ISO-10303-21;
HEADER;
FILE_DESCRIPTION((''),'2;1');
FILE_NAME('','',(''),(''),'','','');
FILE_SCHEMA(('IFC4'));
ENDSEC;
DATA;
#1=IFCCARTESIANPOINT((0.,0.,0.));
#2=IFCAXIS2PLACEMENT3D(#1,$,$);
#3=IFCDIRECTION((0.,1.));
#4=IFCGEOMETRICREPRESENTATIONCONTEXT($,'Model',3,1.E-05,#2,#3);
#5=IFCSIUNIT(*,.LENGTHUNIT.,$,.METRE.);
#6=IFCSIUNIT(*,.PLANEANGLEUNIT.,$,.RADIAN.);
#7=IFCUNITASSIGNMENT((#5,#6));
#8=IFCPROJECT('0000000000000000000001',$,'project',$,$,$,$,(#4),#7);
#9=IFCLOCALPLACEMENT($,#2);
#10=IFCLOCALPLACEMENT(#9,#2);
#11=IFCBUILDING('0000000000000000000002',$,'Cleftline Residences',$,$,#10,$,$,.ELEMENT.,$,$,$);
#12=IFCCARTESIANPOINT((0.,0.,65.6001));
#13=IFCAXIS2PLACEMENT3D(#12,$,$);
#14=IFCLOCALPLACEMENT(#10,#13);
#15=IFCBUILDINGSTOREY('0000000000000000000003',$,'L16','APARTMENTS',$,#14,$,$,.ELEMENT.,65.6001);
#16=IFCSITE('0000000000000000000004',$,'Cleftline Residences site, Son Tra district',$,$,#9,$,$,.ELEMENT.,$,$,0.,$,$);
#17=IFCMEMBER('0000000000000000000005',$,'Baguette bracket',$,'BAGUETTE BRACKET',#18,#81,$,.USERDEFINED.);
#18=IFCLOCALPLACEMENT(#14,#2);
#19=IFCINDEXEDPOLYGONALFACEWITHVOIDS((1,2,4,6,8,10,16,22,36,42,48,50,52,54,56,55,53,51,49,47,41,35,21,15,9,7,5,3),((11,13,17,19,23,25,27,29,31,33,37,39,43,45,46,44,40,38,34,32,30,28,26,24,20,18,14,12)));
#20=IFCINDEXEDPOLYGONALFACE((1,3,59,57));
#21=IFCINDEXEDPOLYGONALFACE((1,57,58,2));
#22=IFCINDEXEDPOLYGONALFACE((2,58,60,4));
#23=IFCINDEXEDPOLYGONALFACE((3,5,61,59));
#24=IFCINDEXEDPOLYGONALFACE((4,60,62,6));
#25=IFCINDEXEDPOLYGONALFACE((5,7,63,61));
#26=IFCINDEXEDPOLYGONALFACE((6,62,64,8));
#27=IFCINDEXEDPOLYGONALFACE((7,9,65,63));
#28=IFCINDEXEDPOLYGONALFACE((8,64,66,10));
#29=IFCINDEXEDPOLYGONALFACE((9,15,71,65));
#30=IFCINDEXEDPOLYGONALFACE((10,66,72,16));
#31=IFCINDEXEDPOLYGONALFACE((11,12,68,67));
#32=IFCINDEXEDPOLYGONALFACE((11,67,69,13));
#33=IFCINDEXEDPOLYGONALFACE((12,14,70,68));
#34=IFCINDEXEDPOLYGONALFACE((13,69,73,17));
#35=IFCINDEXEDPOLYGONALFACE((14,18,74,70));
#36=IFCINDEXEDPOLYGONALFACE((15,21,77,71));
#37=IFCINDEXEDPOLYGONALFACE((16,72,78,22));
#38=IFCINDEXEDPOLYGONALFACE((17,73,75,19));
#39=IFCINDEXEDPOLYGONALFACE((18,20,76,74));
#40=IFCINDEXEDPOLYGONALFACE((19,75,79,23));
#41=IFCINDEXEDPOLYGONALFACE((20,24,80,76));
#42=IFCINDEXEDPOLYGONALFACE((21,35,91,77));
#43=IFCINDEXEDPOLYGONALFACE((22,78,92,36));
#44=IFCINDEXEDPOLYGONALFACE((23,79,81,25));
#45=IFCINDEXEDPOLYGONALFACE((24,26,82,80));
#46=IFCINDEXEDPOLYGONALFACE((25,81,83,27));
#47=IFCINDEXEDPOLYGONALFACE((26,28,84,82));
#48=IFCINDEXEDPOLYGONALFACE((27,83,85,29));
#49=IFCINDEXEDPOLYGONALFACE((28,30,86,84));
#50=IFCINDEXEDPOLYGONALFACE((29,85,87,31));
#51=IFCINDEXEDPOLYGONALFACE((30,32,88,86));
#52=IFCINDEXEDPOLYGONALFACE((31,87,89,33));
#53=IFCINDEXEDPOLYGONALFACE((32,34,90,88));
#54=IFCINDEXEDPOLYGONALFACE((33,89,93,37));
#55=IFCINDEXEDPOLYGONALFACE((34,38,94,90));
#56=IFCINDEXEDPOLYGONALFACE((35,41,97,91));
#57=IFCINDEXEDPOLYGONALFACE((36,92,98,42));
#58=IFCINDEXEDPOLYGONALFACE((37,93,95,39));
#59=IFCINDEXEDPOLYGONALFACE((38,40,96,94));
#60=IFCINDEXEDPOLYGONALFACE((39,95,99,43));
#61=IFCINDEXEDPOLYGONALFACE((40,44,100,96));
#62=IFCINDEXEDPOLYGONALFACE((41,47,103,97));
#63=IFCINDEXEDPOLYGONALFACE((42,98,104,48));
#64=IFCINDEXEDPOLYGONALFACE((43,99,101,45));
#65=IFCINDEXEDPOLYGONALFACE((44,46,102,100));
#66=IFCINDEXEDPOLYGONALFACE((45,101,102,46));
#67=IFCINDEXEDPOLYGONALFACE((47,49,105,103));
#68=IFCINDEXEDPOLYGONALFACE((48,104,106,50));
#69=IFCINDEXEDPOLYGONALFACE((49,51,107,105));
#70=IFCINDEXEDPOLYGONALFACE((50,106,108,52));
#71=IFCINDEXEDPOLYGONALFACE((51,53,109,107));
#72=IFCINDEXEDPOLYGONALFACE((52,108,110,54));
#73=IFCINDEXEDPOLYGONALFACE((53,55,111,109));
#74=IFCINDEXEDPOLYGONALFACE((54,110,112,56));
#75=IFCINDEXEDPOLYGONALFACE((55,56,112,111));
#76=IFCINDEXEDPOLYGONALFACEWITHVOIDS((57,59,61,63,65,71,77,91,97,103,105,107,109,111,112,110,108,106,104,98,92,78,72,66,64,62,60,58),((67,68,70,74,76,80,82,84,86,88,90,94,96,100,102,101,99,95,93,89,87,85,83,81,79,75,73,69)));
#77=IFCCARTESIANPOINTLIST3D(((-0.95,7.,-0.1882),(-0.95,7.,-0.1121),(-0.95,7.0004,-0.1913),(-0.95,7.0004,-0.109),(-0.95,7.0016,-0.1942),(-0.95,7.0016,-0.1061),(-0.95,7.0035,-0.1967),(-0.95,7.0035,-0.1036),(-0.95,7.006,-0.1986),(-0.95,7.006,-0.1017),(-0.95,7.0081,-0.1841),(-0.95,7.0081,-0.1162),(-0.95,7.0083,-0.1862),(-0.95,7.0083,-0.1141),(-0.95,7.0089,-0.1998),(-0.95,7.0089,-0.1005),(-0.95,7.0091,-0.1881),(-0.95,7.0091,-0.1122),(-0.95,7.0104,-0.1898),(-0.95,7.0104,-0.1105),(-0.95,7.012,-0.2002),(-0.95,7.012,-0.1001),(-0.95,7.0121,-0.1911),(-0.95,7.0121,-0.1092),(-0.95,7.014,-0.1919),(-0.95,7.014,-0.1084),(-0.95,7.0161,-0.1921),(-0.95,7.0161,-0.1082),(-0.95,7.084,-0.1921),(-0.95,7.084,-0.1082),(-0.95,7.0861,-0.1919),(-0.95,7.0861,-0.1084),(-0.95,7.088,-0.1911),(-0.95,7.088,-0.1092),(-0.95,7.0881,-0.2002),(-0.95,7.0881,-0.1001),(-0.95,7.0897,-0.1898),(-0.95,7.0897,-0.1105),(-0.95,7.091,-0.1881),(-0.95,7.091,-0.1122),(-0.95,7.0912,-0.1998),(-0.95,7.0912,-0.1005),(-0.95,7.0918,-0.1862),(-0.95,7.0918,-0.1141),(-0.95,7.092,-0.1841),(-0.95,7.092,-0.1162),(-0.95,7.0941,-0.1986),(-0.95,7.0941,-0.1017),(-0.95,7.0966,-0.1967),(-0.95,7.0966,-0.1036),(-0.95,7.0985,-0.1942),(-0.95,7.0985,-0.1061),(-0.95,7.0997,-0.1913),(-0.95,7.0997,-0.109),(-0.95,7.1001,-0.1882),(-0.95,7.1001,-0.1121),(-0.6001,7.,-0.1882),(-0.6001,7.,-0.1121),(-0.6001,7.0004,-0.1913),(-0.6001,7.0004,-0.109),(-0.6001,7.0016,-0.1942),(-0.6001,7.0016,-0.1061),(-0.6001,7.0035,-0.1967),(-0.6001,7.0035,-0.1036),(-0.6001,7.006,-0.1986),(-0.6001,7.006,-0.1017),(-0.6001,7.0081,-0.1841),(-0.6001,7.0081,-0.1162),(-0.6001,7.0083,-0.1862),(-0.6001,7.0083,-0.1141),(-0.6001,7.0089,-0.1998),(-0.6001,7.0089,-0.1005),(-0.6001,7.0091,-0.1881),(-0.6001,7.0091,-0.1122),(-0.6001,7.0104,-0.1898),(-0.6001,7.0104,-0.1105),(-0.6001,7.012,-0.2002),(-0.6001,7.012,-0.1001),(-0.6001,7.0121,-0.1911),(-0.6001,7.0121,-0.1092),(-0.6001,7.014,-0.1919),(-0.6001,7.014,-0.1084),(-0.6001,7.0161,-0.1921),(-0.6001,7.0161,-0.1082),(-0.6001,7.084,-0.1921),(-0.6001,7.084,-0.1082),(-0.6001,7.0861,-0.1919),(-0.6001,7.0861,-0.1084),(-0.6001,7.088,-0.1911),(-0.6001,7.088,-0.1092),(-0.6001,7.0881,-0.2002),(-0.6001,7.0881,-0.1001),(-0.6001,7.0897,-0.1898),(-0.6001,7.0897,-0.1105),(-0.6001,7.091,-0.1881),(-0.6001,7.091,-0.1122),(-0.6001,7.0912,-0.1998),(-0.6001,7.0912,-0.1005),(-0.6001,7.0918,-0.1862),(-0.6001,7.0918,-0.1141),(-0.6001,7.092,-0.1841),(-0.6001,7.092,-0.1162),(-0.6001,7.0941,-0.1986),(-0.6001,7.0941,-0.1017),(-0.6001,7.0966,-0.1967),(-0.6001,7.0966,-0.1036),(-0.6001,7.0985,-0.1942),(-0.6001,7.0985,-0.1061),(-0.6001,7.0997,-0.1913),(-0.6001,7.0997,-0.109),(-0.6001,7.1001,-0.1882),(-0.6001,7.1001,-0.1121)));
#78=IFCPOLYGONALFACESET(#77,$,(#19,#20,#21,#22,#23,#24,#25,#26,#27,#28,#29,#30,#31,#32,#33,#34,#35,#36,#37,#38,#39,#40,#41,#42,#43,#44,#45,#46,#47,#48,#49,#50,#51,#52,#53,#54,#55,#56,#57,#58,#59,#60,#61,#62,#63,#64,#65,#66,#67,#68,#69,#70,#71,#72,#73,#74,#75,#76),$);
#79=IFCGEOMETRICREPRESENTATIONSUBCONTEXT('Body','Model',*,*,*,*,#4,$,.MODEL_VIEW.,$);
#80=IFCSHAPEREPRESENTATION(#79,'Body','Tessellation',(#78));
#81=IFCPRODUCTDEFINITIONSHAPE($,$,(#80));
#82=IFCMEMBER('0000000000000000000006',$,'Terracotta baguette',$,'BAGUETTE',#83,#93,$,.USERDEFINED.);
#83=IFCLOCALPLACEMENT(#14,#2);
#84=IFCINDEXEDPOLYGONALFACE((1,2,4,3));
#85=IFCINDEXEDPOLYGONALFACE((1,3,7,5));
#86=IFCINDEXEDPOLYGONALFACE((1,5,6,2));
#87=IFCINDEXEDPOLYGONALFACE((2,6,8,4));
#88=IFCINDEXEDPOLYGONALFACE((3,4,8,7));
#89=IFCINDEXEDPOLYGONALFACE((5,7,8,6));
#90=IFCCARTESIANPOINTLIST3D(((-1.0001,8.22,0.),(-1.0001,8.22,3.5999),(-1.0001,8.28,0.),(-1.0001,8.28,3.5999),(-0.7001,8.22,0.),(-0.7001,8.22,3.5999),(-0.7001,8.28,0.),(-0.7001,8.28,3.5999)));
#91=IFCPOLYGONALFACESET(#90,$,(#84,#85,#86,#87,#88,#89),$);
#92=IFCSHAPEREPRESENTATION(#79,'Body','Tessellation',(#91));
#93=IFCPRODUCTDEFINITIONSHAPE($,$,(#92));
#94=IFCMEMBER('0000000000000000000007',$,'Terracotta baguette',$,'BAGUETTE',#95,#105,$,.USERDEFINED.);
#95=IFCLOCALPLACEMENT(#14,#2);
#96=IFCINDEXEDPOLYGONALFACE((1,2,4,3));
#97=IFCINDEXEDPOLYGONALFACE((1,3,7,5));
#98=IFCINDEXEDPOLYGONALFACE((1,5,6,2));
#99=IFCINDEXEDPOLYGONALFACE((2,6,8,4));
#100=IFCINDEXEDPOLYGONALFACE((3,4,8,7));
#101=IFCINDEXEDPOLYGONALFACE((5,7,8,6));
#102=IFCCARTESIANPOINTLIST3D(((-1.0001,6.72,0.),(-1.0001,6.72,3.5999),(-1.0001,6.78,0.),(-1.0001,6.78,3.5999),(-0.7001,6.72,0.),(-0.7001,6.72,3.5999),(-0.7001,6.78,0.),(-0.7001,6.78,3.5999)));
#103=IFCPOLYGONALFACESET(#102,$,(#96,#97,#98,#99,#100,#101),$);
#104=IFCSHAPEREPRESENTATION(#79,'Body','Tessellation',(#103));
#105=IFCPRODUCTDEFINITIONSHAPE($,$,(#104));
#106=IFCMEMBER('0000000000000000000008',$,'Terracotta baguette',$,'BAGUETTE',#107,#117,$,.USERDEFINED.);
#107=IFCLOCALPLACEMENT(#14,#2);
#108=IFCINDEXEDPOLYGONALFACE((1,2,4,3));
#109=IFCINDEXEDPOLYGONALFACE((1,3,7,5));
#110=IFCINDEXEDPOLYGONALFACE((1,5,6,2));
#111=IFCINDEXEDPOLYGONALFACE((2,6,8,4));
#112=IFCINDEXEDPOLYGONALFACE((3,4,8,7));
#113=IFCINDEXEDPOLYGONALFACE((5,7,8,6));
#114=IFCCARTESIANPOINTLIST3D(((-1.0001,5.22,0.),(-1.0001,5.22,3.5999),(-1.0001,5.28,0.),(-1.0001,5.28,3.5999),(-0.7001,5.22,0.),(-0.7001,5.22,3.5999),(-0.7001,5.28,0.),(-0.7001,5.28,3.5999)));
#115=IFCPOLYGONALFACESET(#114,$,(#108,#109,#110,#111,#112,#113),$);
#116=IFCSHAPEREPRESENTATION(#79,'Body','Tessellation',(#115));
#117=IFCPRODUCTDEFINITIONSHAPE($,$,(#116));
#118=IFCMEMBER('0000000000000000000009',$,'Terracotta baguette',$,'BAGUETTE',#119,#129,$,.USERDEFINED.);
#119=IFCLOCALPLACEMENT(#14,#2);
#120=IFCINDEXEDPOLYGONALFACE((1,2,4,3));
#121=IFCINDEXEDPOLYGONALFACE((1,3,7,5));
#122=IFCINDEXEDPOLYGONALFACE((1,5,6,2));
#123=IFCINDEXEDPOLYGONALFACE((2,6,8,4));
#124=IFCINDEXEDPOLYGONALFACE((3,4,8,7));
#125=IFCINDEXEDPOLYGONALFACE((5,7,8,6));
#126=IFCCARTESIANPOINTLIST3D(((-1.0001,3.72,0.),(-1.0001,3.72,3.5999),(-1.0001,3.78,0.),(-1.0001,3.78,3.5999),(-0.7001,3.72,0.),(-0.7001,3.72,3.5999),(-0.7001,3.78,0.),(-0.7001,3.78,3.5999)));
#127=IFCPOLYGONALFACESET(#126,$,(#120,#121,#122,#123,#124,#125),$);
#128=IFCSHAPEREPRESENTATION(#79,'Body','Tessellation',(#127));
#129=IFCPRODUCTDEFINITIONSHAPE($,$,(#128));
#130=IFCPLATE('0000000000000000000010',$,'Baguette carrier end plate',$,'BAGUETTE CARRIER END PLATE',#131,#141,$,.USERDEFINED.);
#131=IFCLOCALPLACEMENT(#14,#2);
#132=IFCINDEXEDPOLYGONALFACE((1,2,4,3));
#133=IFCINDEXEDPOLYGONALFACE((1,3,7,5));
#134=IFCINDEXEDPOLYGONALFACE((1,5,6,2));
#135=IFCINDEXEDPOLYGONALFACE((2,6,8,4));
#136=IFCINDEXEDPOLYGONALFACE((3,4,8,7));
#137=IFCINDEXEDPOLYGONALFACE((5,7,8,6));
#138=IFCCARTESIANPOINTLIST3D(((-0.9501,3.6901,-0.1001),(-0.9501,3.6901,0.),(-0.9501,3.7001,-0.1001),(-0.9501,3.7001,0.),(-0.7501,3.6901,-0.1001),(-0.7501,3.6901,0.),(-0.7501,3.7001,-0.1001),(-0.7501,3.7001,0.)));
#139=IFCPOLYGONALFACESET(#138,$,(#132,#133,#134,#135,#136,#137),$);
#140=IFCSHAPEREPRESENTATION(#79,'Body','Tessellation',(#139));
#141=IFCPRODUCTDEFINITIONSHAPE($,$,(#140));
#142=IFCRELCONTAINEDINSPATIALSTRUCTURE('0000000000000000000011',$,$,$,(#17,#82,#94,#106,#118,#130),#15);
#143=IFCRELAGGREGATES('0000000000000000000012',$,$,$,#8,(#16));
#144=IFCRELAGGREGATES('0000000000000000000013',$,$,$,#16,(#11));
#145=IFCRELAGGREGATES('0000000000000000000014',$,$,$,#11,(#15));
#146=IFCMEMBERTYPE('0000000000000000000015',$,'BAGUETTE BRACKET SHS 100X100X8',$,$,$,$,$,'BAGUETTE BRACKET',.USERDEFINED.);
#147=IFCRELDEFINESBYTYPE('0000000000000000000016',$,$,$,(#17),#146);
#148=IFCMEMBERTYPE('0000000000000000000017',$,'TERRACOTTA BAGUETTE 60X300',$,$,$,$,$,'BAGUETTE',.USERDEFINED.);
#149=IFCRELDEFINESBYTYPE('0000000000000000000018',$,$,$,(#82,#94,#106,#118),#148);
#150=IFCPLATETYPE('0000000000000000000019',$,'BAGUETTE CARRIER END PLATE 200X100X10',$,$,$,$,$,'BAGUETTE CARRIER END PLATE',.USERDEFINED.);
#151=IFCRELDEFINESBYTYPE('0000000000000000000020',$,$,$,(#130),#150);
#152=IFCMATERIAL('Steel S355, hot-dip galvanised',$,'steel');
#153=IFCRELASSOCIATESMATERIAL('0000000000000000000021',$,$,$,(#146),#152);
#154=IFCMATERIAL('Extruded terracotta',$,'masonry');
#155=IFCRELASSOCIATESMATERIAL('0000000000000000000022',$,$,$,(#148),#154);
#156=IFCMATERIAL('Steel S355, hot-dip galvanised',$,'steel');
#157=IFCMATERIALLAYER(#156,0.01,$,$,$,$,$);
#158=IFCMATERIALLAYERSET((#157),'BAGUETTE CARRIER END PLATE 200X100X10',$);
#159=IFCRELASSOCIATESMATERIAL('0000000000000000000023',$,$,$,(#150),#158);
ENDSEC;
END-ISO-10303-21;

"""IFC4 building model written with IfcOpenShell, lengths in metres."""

from ifc_helpers import new_model, si_unit, direction, frame, origin, origin_2d, place, context, subcontext, project, spatial, rectangle, hollow_rectangle, extrude, material, layer, layer_set, material_profile, profile_set, type_object, element, save


model = new_model("IFC4")

# Units and contexts
model_context = context("Model", 3, precision=1e-05, world=origin(), true_north=direction((0.0, 1.0)))
body_context = subcontext(model_context, "Body", "Model", "MODEL_VIEW")
ifc_project = project(units=[si_unit("LENGTHUNIT", "METRE"), si_unit("PLANEANGLEUNIT", "RADIAN")], contexts=[model_context])

# Site, building, storey
site_placement = place(None, origin())
site = spatial("IfcSite", under=ifc_project, at=site_placement, Name="Cleftline Residences site, Son Tra district", CompositionType="ELEMENT", RefElevation=0.0)
building_placement = place(site_placement, origin())
building = spatial("IfcBuilding", under=site, at=building_placement, Name="Cleftline Residences", CompositionType="ELEMENT")
storey_placement = place(building_placement, frame((0.0, 0.0, 65.6001)))
storey = spatial("IfcBuildingStorey", under=building, at=storey_placement, Name="L16", Description="APARTMENTS", CompositionType="ELEMENT", Elevation=65.6001)

# Members
ifc_material_1 = material(Name="Steel S355, hot-dip galvanised", Category="steel")
ifc_material_profile_1 = material_profile(ifc_material_1, hollow_rectangle(XDim=0.1001, YDim=0.1001, WallThickness=0.0081, InnerFilletRadius=0.0081, OuterFilletRadius=0.012, at=origin_2d()))
ifc_profile_set_1 = profile_set([ifc_material_profile_1], Name="Steel S355, hot-dip galvanised")
member_type_1 = type_object("IfcMemberType", Name="BAGUETTE BRACKET SHS 100X100X8", ElementType="BAGUETTE BRACKET", PredefinedType="USERDEFINED", material=ifc_profile_set_1)
member_placement = place(storey_placement, frame((-0.6001, 7.05, -0.1501), z_axis=(-1.0, 0.0, 0.0), x_axis=(0.0, -1.0, 0.0)))
element("IfcMember", 1, at=member_placement, inside=storey, type_object=member_type_1, Name="Baguette bracket", ObjectType="BAGUETTE BRACKET", PredefinedType="USERDEFINED", context=body_context, shape_type="SweptSolid", body=[
    extrude(hollow_rectangle(XDim=0.1001, YDim=0.1001, WallThickness=0.0081, InnerFilletRadius=0.0081, OuterFilletRadius=0.012, at=origin_2d()), origin(), (0.0, 0.0, 1.0), 0.3499),
])
ifc_material_2 = material(Name="Extruded terracotta", Category="masonry")
ifc_material_profile_2 = material_profile(ifc_material_2, rectangle(XDim=0.0601, YDim=0.3, at=origin_2d()))
ifc_profile_set_2 = profile_set([ifc_material_profile_2], Name="Extruded terracotta")
member_type_2 = type_object("IfcMemberType", Name="TERRACOTTA BAGUETTE 60X300", ElementType="BAGUETTE", PredefinedType="USERDEFINED", material=ifc_profile_set_2)
for number, where, z_axis, x_axis, name in (
    (2, (-0.8501, 8.25, 0.0), (0.0, 0.0, 1.0), (0.0, 1.0, 0.0), "Terracotta baguette"),
    (3, (-0.8501, 6.75, 0.0), (0.0, 0.0, 1.0), (0.0, 1.0, 0.0), "Terracotta baguette"),
    (4, (-0.8501, 5.25, 0.0), (0.0, 0.0, 1.0), (0.0, 1.0, 0.0), "Terracotta baguette"),
    (5, (-0.8501, 3.75, 0.0), (0.0, 0.0, 1.0), (0.0, 1.0, 0.0), "Terracotta baguette"),
):
    element("IfcMember", number, at=place(storey_placement, frame(where, z_axis=z_axis, x_axis=x_axis)), inside=storey, type_object=member_type_2, Name=name, ObjectType="BAGUETTE", PredefinedType="USERDEFINED", context=body_context, shape_type="SweptSolid", body=[
        extrude(rectangle(XDim=0.0601, YDim=0.3, at=origin_2d()), origin(), (0.0, 0.0, 1.0), 3.5999),
    ])

# Plate
ifc_material_3 = material(Name="Steel S355, hot-dip galvanised", Category="steel")
ifc_layer_1 = layer(ifc_material_3, 0.01)
ifc_layer_set_1 = layer_set([ifc_layer_1], Name="BAGUETTE CARRIER END PLATE 200X100X10")
plate_type = type_object("IfcPlateType", Name="BAGUETTE CARRIER END PLATE 200X100X10", ElementType="BAGUETTE CARRIER END PLATE", PredefinedType="USERDEFINED", material=ifc_layer_set_1)
plate_placement = place(storey_placement, frame((-0.8501, 3.6951, -0.1001), z_axis=(0.0, 0.0, 1.0), x_axis=(-1.0, 0.0, 0.0)))
element("IfcPlate", 6, at=plate_placement, inside=storey, type_object=plate_type, Name="Baguette carrier end plate", ObjectType="BAGUETTE CARRIER END PLATE", PredefinedType="USERDEFINED", context=body_context, shape_type="SweptSolid", body=[
    extrude(rectangle(XDim=0.2, YDim=0.01, at=origin_2d()), origin(), (0.0, 0.0, 1.0), 0.1001),
])

save(model, "model.ifc")
